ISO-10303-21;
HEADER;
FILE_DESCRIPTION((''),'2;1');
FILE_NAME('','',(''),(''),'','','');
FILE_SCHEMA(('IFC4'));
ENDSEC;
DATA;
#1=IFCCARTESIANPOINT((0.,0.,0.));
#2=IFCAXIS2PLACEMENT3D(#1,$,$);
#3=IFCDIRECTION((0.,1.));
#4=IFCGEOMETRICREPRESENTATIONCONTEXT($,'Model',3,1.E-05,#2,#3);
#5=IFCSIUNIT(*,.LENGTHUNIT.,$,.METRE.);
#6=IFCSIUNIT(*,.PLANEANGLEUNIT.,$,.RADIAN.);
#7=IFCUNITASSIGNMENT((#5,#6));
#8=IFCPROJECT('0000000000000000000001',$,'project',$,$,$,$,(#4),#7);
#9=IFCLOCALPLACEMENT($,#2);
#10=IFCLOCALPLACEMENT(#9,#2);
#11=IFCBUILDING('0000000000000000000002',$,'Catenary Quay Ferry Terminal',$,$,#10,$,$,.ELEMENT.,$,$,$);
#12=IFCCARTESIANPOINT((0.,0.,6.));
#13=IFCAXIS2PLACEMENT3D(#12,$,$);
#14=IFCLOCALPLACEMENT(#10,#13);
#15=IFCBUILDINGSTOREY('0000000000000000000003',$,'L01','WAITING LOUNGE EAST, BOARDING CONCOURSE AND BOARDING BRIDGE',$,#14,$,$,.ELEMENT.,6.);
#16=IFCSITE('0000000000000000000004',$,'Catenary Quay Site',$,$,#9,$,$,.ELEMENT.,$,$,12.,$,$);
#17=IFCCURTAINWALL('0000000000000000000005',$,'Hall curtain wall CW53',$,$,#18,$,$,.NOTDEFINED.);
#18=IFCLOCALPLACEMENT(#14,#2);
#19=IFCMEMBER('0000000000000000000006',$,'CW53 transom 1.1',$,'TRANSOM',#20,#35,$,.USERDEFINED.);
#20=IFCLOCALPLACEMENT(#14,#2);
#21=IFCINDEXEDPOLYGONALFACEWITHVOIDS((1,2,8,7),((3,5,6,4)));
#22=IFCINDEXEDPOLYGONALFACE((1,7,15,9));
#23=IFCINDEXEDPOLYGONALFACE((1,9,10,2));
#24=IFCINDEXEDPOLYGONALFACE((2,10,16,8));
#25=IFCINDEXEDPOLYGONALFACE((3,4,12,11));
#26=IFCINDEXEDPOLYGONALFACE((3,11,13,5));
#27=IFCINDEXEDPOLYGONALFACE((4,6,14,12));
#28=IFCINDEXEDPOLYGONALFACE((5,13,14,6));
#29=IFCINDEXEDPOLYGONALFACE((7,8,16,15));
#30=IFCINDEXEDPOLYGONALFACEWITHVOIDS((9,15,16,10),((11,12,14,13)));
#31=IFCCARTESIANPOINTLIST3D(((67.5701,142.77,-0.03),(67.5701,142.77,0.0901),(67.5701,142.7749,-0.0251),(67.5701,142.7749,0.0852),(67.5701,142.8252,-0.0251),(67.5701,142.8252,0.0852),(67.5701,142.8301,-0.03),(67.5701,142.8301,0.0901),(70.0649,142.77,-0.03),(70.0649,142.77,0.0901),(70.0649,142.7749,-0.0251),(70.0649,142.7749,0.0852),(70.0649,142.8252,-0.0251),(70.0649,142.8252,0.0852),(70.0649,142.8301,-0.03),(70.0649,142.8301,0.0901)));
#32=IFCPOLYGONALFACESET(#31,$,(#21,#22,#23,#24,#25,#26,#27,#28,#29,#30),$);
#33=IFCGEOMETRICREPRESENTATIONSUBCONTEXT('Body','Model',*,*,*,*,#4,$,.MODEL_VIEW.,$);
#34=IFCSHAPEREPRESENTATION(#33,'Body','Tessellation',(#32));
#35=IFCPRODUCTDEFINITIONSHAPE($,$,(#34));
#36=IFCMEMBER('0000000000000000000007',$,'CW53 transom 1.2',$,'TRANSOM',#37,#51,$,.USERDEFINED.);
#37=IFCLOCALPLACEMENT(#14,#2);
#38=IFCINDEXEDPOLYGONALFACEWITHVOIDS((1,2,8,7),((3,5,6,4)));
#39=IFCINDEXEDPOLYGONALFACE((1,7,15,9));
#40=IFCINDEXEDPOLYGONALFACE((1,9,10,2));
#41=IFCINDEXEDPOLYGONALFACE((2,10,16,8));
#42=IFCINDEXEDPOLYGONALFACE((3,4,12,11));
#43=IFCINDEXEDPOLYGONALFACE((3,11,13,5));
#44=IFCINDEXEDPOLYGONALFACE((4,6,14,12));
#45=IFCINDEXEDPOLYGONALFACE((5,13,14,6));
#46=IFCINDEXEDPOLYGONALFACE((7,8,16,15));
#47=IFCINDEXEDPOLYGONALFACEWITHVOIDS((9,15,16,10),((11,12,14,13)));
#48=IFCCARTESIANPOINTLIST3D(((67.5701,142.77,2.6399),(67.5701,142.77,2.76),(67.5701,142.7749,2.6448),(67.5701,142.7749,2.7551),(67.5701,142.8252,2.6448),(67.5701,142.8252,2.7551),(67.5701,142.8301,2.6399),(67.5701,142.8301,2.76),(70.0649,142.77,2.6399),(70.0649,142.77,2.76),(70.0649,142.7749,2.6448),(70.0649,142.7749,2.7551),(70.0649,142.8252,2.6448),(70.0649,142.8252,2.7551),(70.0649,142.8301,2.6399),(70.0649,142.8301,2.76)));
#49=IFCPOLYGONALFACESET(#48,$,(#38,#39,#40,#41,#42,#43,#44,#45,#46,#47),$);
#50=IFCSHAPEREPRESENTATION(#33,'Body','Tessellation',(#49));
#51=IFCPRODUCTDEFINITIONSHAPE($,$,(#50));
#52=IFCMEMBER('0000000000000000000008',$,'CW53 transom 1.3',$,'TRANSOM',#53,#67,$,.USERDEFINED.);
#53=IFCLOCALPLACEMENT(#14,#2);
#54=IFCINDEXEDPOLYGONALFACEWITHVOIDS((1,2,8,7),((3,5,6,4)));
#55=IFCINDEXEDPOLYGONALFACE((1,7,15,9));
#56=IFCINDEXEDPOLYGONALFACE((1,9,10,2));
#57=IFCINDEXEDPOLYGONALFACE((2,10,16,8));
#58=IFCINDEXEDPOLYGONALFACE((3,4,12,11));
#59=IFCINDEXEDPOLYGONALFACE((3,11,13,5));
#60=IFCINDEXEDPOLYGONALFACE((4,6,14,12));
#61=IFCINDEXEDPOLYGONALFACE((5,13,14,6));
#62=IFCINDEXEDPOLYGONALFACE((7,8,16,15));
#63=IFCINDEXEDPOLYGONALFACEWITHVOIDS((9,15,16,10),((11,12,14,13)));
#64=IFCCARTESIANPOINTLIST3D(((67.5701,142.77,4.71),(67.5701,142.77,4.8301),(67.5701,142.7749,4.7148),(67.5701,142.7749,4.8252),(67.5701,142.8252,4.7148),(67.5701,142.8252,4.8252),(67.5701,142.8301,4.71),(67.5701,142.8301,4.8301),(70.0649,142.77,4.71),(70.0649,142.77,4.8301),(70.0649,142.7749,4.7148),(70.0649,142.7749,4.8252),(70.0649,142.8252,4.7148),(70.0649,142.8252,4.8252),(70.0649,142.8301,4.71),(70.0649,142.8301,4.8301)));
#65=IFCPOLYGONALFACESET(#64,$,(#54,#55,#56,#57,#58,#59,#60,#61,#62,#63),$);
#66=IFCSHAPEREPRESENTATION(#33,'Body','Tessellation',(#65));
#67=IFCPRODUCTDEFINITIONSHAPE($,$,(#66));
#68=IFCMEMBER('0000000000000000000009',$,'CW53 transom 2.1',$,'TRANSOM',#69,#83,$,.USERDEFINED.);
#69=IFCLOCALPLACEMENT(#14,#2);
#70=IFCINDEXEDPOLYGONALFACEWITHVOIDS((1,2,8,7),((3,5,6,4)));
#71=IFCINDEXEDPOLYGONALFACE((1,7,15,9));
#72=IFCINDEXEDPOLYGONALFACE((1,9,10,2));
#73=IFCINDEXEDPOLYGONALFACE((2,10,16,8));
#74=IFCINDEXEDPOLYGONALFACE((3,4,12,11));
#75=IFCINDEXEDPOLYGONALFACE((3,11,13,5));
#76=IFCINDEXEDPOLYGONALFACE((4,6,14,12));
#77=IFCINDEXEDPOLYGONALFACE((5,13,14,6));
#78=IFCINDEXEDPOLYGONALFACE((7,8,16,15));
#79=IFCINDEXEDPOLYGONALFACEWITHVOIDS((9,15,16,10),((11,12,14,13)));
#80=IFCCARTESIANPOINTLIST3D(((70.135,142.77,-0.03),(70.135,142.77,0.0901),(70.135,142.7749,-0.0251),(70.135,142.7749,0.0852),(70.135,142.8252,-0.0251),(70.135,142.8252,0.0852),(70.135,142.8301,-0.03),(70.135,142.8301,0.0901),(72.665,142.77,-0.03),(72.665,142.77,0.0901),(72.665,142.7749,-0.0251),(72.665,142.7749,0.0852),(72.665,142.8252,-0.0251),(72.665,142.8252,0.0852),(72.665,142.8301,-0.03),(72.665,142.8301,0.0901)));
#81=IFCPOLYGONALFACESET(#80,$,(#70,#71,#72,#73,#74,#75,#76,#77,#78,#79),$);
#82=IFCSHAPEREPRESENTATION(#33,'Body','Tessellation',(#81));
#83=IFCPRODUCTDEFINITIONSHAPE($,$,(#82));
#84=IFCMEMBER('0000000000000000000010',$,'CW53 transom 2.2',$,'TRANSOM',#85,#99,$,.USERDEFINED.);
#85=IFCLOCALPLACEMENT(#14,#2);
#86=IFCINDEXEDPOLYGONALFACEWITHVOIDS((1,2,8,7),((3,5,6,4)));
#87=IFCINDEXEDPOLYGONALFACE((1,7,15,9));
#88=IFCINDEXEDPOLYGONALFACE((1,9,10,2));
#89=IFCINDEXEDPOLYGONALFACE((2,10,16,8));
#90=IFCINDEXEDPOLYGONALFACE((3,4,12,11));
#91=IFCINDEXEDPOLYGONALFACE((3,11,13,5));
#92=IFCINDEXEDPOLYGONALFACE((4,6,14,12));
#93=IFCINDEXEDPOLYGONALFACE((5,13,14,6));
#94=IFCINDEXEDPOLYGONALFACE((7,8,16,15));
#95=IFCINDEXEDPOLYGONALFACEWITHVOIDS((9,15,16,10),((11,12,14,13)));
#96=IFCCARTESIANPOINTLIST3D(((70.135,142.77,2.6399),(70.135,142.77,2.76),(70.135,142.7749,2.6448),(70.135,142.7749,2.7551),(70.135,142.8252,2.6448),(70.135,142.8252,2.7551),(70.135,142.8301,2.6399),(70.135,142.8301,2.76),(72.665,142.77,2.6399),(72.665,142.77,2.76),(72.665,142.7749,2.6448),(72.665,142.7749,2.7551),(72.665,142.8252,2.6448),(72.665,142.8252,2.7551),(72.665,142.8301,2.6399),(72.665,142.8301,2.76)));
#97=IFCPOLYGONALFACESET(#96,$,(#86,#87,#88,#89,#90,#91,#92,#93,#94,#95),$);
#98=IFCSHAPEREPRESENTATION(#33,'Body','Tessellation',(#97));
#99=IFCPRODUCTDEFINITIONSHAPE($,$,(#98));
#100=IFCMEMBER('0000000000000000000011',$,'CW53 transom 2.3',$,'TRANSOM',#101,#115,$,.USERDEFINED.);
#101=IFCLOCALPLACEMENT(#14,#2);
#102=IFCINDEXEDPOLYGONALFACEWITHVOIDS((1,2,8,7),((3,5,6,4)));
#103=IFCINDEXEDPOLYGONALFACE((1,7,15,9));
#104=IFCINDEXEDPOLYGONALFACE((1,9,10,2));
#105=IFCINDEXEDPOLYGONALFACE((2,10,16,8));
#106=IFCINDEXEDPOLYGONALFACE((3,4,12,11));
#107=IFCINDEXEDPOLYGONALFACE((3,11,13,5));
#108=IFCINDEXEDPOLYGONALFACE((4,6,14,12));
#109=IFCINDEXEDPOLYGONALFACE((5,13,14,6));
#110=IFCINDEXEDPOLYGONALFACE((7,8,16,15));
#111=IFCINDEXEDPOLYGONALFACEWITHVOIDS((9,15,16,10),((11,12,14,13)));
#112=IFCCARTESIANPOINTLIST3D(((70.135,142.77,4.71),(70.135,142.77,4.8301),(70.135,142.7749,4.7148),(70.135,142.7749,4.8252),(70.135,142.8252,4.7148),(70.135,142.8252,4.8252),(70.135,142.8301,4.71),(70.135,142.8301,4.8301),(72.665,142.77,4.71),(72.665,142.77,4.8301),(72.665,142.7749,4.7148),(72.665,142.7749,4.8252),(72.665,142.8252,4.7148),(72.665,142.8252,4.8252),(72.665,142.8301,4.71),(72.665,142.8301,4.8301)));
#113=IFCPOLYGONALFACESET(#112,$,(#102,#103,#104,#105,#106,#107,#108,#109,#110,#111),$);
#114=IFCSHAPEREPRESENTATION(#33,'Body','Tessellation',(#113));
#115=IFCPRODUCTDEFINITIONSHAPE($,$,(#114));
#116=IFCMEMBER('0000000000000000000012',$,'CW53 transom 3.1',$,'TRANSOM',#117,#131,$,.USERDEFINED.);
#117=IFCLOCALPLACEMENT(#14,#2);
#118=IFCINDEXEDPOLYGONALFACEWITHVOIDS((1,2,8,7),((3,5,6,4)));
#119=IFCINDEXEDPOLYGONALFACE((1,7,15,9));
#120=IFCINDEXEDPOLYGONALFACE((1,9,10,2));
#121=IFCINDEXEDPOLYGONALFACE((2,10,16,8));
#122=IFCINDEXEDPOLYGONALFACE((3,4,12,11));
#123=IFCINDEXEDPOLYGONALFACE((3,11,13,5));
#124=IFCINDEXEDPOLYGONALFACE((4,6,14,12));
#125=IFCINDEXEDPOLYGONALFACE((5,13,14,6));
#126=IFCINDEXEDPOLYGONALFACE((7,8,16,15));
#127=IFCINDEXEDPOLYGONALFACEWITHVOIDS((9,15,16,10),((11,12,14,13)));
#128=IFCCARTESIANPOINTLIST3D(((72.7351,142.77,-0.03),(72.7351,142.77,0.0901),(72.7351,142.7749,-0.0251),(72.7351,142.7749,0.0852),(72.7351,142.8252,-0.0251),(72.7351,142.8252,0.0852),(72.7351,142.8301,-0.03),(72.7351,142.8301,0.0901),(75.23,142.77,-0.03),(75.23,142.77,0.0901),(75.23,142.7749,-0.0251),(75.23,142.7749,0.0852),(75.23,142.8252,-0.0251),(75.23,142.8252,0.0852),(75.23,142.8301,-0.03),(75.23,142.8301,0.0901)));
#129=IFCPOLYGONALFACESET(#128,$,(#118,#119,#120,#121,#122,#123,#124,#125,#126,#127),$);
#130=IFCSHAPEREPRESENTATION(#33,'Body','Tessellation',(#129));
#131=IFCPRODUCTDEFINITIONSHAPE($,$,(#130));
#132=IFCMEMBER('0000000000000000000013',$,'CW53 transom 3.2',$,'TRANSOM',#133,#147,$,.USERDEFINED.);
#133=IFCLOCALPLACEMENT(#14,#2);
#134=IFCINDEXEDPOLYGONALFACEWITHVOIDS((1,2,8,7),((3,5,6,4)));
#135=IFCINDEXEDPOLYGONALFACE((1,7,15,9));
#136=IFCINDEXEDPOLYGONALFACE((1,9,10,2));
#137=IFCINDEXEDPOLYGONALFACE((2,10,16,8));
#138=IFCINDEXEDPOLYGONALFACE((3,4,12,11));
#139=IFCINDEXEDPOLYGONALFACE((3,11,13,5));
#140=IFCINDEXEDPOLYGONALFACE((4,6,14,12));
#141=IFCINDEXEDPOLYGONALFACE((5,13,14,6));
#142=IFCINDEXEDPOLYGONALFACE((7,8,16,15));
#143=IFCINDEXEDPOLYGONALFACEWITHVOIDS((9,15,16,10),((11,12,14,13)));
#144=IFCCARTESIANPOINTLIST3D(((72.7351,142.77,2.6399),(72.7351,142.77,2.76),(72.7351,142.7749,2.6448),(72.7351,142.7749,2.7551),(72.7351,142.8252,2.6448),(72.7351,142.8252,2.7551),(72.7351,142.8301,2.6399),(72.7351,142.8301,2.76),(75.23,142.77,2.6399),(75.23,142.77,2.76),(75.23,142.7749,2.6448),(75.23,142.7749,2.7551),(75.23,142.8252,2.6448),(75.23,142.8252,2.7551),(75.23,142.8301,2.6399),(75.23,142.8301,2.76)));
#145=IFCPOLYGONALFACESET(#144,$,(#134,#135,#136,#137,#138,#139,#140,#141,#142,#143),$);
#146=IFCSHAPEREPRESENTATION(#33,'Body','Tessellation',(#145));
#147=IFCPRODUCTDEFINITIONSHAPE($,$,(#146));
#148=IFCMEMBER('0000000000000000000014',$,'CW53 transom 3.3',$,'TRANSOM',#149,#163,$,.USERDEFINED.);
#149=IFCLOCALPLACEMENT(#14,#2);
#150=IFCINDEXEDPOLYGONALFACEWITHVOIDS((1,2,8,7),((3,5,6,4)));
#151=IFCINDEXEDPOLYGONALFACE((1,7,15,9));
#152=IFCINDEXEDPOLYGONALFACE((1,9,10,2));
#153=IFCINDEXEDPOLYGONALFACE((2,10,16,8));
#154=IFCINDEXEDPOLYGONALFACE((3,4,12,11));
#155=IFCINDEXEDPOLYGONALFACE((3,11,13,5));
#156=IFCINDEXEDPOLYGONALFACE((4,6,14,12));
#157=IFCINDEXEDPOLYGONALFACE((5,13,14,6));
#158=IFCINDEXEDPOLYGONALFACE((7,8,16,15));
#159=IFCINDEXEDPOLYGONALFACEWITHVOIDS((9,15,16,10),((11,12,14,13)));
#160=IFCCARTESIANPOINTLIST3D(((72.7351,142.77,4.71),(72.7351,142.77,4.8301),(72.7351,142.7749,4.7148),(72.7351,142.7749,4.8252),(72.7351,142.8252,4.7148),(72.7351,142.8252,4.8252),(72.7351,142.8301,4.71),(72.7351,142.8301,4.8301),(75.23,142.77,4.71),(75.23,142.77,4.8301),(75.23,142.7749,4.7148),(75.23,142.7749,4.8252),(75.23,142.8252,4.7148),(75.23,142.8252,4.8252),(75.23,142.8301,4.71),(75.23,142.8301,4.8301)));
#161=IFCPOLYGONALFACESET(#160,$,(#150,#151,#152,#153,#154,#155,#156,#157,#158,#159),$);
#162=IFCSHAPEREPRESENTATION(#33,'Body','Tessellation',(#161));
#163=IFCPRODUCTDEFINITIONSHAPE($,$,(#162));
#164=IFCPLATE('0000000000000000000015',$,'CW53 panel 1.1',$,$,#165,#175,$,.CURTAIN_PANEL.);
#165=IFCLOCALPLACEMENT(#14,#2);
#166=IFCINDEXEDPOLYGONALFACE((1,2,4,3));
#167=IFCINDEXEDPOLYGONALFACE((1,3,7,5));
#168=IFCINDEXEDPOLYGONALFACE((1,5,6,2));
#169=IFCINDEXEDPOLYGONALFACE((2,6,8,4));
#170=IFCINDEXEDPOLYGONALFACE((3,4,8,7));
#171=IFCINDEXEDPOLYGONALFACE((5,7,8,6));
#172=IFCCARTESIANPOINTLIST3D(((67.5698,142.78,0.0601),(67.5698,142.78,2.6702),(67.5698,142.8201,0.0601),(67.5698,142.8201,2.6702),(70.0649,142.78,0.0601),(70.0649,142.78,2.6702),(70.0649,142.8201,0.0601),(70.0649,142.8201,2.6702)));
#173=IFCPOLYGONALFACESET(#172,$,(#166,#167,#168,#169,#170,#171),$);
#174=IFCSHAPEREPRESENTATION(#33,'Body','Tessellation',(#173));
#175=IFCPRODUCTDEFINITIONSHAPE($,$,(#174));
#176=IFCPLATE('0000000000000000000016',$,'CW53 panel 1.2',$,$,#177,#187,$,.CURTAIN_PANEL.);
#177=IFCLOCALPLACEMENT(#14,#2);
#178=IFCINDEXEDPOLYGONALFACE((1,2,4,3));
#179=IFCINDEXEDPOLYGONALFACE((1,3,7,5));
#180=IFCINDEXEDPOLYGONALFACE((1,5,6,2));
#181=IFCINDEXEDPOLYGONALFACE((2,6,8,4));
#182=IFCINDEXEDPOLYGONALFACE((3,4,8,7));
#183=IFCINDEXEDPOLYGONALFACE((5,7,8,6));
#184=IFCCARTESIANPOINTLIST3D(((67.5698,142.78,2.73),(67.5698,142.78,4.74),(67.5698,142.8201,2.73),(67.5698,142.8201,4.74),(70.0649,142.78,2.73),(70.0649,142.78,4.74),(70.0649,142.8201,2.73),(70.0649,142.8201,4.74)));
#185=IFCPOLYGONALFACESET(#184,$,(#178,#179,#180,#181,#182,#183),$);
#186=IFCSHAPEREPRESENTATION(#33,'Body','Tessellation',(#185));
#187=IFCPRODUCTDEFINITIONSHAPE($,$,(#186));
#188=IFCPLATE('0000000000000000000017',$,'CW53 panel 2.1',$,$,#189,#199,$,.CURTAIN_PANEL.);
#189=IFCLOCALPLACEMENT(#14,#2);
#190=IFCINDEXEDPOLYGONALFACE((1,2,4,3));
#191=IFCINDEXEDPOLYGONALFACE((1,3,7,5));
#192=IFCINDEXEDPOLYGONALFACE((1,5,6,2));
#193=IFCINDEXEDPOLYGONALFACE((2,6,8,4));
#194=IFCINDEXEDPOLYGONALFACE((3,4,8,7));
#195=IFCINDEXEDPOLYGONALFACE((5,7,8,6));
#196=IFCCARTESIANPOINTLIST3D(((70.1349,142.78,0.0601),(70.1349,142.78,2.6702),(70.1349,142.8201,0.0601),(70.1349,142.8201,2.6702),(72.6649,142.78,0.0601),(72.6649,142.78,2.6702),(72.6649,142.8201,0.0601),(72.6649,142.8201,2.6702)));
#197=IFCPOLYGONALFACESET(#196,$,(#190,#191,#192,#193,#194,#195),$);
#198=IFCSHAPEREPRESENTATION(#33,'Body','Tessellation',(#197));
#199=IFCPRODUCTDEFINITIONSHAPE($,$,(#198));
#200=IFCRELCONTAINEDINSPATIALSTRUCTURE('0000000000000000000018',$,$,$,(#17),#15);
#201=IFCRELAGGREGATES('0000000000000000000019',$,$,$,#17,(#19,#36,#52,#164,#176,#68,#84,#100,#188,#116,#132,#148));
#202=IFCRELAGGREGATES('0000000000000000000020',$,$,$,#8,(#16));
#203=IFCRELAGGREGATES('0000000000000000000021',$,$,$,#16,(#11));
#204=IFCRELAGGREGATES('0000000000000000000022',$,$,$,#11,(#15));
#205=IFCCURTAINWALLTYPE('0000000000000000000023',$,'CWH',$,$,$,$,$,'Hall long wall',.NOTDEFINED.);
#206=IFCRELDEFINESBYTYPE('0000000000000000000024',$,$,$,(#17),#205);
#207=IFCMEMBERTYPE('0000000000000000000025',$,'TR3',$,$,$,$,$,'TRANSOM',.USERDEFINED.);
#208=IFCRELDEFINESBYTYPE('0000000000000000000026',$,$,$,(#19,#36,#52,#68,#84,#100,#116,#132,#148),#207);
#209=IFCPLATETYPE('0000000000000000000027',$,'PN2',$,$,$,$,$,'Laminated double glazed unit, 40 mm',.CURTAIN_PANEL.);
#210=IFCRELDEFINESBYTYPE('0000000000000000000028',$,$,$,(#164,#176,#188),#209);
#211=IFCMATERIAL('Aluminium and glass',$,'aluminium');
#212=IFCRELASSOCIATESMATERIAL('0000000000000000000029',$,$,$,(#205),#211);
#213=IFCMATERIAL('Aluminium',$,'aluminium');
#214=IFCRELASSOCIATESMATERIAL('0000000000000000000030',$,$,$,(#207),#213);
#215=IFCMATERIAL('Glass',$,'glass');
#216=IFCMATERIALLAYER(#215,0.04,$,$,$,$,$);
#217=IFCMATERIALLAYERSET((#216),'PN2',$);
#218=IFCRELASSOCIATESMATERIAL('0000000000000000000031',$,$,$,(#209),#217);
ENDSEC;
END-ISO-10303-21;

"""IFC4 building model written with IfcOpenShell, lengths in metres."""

from ifc_helpers import new_model, si_unit, direction, frame, origin, origin_2d, place, context, subcontext, project, spatial, rectangle, hollow_rectangle, extrude, material, layer, layer_set, material_profile, profile_set, type_object, element, aggregate, save


model = new_model("IFC4")

# Units and contexts
model_context = context("Model", 3, precision=1e-05, world=origin(), true_north=direction((0.0, 1.0)))
body_context = subcontext(model_context, "Body", "Model", "MODEL_VIEW")
ifc_project = project(units=[si_unit("LENGTHUNIT", "METRE"), si_unit("PLANEANGLEUNIT", "RADIAN")], contexts=[model_context])

# Site, building, storey
site_placement = place(None, origin())
site = spatial("IfcSite", under=ifc_project, at=site_placement, Name="Catenary Quay Site", CompositionType="ELEMENT", RefElevation=12.0)
building_placement = place(site_placement, origin())
building = spatial("IfcBuilding", under=site, at=building_placement, Name="Catenary Quay Ferry Terminal", CompositionType="ELEMENT")
storey_placement = place(building_placement, frame((0.0, 0.0, 6.0)))
storey = spatial("IfcBuildingStorey", under=building, at=storey_placement, Name="L01", Description="WAITING LOUNGE EAST, BOARDING CONCOURSE AND BOARDING BRIDGE", CompositionType="ELEMENT", Elevation=6.0)

# Curtain wall, members, plates
ifc_material_1 = material(Name="Aluminium and glass", Category="aluminium")
curtain_wall_type_1 = type_object("IfcCurtainWallType", Name="CWH", ElementType="Hall long wall", PredefinedType="NOTDEFINED", material=ifc_material_1)
curtain_wall_1_placement = place(storey_placement, origin())
curtain_wall_1 = element("IfcCurtainWall", 1, at=curtain_wall_1_placement, inside=storey, type_object=curtain_wall_type_1, Name="Hall curtain wall CW53", PredefinedType="NOTDEFINED")
ifc_material_2 = material(Name="Aluminium", Category="aluminium")
ifc_material_profile_1 = material_profile(ifc_material_2, hollow_rectangle(XDim=0.0601, YDim=0.1201, WallThickness=0.0049, at=origin_2d()), Name="TR3")
ifc_profile_set_1 = profile_set([ifc_material_profile_1], Name="Aluminium")
member_type_1 = type_object("IfcMemberType", Name="TR3", ElementType="TRANSOM", PredefinedType="USERDEFINED", material=ifc_profile_set_1)
member_1_placement = place(storey_placement, frame((67.5701, 142.8, 0.03), z_axis=(1.0, 0.0, 0.0), x_axis=(0.0, 1.0, 0.0)))
member_1 = element("IfcMember", 2, at=member_1_placement, type_object=member_type_1, Name="CW53 transom 1.1", ObjectType="TRANSOM", PredefinedType="USERDEFINED", context=body_context, shape_type="SweptSolid", body=[
    extrude(hollow_rectangle(XDim=0.0601, YDim=0.1201, WallThickness=0.0049, at=origin_2d()), origin(), (0.0, 0.0, 1.0), 2.4949),
])
member_2_placement = place(storey_placement, frame((67.5701, 142.8, 2.7), z_axis=(1.0, 0.0, 0.0), x_axis=(0.0, 1.0, 0.0)))
member_2 = element("IfcMember", 3, at=member_2_placement, type_object=member_type_1, Name="CW53 transom 1.2", ObjectType="TRANSOM", PredefinedType="USERDEFINED", context=body_context, shape_type="SweptSolid", body=[
    extrude(hollow_rectangle(XDim=0.0601, YDim=0.1201, WallThickness=0.0049, at=origin_2d()), origin(), (0.0, 0.0, 1.0), 2.4949),
])
member_3_placement = place(storey_placement, frame((67.5701, 142.8, 4.77), z_axis=(1.0, 0.0, 0.0), x_axis=(0.0, 1.0, 0.0)))
member_3 = element("IfcMember", 4, at=member_3_placement, type_object=member_type_1, Name="CW53 transom 1.3", ObjectType="TRANSOM", PredefinedType="USERDEFINED", context=body_context, shape_type="SweptSolid", body=[
    extrude(hollow_rectangle(XDim=0.0601, YDim=0.1201, WallThickness=0.0049, at=origin_2d()), origin(), (0.0, 0.0, 1.0), 2.4949),
])
member_4_placement = place(storey_placement, frame((70.135, 142.8, 0.03), z_axis=(1.0, 0.0, 0.0), x_axis=(0.0, 1.0, 0.0)))
member_4 = element("IfcMember", 5, at=member_4_placement, type_object=member_type_1, Name="CW53 transom 2.1", ObjectType="TRANSOM", PredefinedType="USERDEFINED", context=body_context, shape_type="SweptSolid", body=[
    extrude(hollow_rectangle(XDim=0.0601, YDim=0.1201, WallThickness=0.0049, at=origin_2d()), origin(), (0.0, 0.0, 1.0), 2.53),
])
member_5_placement = place(storey_placement, frame((70.135, 142.8, 2.7), z_axis=(1.0, 0.0, 0.0), x_axis=(0.0, 1.0, 0.0)))
member_5 = element("IfcMember", 6, at=member_5_placement, type_object=member_type_1, Name="CW53 transom 2.2", ObjectType="TRANSOM", PredefinedType="USERDEFINED", context=body_context, shape_type="SweptSolid", body=[
    extrude(hollow_rectangle(XDim=0.0601, YDim=0.1201, WallThickness=0.0049, at=origin_2d()), origin(), (0.0, 0.0, 1.0), 2.53),
])
member_6_placement = place(storey_placement, frame((70.135, 142.8, 4.77), z_axis=(1.0, 0.0, 0.0), x_axis=(0.0, 1.0, 0.0)))
member_6 = element("IfcMember", 7, at=member_6_placement, type_object=member_type_1, Name="CW53 transom 2.3", ObjectType="TRANSOM", PredefinedType="USERDEFINED", context=body_context, shape_type="SweptSolid", body=[
    extrude(hollow_rectangle(XDim=0.0601, YDim=0.1201, WallThickness=0.0049, at=origin_2d()), origin(), (0.0, 0.0, 1.0), 2.53),
])
member_7_placement = place(storey_placement, frame((72.7351, 142.8, 0.03), z_axis=(1.0, 0.0, 0.0), x_axis=(0.0, 1.0, 0.0)))
member_7 = element("IfcMember", 8, at=member_7_placement, type_object=member_type_1, Name="CW53 transom 3.1", ObjectType="TRANSOM", PredefinedType="USERDEFINED", context=body_context, shape_type="SweptSolid", body=[
    extrude(hollow_rectangle(XDim=0.0601, YDim=0.1201, WallThickness=0.0049, at=origin_2d()), origin(), (0.0, 0.0, 1.0), 2.4949),
])
member_8_placement = place(storey_placement, frame((72.7351, 142.8, 2.7), z_axis=(1.0, 0.0, 0.0), x_axis=(0.0, 1.0, 0.0)))
member_8 = element("IfcMember", 9, at=member_8_placement, type_object=member_type_1, Name="CW53 transom 3.2", ObjectType="TRANSOM", PredefinedType="USERDEFINED", context=body_context, shape_type="SweptSolid", body=[
    extrude(hollow_rectangle(XDim=0.0601, YDim=0.1201, WallThickness=0.0049, at=origin_2d()), origin(), (0.0, 0.0, 1.0), 2.4949),
])
member_9_placement = place(storey_placement, frame((72.7351, 142.8, 4.77), z_axis=(1.0, 0.0, 0.0), x_axis=(0.0, 1.0, 0.0)))
member_9 = element("IfcMember", 10, at=member_9_placement, type_object=member_type_1, Name="CW53 transom 3.3", ObjectType="TRANSOM", PredefinedType="USERDEFINED", context=body_context, shape_type="SweptSolid", body=[
    extrude(hollow_rectangle(XDim=0.0601, YDim=0.1201, WallThickness=0.0049, at=origin_2d()), origin(), (0.0, 0.0, 1.0), 2.4949),
])
ifc_material_3 = material(Name="Glass", Category="glass")
ifc_layer = layer(ifc_material_3, 0.04)
ifc_layer_set = layer_set([ifc_layer], Name="PN2")
plate_type = type_object("IfcPlateType", Name="PN2", ElementType="Laminated double glazed unit, 40 mm", PredefinedType="CURTAIN_PANEL", material=ifc_layer_set)
plate_1_placement = place(storey_placement, frame((68.8174, 142.8, 0.0601), z_axis=(0.0, 0.0, 1.0), x_axis=(1.0, 0.0, 0.0)))
plate_1 = element("IfcPlate", 11, at=plate_1_placement, type_object=plate_type, Name="CW53 panel 1.1", PredefinedType="CURTAIN_PANEL", context=body_context, shape_type="SweptSolid", body=[
    extrude(rectangle(XDim=2.4951, YDim=0.04, at=origin_2d()), origin(), (0.0, 0.0, 1.0), 2.6101),
])
plate_2_placement = place(storey_placement, frame((68.8174, 142.8, 2.73), z_axis=(0.0, 0.0, 1.0), x_axis=(1.0, 0.0, 0.0)))
plate_2 = element("IfcPlate", 12, at=plate_2_placement, type_object=plate_type, Name="CW53 panel 1.2", PredefinedType="CURTAIN_PANEL", context=body_context, shape_type="SweptSolid", body=[
    extrude(rectangle(XDim=2.4951, YDim=0.04, at=origin_2d()), origin(), (0.0, 0.0, 1.0), 2.01),
])
plate_3_placement = place(storey_placement, frame((71.3999, 142.8, 0.0601), z_axis=(0.0, 0.0, 1.0), x_axis=(1.0, 0.0, 0.0)))
plate_3 = element("IfcPlate", 13, at=plate_3_placement, type_object=plate_type, Name="CW53 panel 2.1", PredefinedType="CURTAIN_PANEL", context=body_context, shape_type="SweptSolid", body=[
    extrude(rectangle(XDim=2.53, YDim=0.04, at=origin_2d()), origin(), (0.0, 0.0, 1.0), 2.6101),
])
aggregate(curtain_wall_1, [member_1, member_2, member_3, plate_1, plate_2, member_4, member_5, member_6, plate_3, member_7, member_8, member_9])

save(model, "model.ifc")
